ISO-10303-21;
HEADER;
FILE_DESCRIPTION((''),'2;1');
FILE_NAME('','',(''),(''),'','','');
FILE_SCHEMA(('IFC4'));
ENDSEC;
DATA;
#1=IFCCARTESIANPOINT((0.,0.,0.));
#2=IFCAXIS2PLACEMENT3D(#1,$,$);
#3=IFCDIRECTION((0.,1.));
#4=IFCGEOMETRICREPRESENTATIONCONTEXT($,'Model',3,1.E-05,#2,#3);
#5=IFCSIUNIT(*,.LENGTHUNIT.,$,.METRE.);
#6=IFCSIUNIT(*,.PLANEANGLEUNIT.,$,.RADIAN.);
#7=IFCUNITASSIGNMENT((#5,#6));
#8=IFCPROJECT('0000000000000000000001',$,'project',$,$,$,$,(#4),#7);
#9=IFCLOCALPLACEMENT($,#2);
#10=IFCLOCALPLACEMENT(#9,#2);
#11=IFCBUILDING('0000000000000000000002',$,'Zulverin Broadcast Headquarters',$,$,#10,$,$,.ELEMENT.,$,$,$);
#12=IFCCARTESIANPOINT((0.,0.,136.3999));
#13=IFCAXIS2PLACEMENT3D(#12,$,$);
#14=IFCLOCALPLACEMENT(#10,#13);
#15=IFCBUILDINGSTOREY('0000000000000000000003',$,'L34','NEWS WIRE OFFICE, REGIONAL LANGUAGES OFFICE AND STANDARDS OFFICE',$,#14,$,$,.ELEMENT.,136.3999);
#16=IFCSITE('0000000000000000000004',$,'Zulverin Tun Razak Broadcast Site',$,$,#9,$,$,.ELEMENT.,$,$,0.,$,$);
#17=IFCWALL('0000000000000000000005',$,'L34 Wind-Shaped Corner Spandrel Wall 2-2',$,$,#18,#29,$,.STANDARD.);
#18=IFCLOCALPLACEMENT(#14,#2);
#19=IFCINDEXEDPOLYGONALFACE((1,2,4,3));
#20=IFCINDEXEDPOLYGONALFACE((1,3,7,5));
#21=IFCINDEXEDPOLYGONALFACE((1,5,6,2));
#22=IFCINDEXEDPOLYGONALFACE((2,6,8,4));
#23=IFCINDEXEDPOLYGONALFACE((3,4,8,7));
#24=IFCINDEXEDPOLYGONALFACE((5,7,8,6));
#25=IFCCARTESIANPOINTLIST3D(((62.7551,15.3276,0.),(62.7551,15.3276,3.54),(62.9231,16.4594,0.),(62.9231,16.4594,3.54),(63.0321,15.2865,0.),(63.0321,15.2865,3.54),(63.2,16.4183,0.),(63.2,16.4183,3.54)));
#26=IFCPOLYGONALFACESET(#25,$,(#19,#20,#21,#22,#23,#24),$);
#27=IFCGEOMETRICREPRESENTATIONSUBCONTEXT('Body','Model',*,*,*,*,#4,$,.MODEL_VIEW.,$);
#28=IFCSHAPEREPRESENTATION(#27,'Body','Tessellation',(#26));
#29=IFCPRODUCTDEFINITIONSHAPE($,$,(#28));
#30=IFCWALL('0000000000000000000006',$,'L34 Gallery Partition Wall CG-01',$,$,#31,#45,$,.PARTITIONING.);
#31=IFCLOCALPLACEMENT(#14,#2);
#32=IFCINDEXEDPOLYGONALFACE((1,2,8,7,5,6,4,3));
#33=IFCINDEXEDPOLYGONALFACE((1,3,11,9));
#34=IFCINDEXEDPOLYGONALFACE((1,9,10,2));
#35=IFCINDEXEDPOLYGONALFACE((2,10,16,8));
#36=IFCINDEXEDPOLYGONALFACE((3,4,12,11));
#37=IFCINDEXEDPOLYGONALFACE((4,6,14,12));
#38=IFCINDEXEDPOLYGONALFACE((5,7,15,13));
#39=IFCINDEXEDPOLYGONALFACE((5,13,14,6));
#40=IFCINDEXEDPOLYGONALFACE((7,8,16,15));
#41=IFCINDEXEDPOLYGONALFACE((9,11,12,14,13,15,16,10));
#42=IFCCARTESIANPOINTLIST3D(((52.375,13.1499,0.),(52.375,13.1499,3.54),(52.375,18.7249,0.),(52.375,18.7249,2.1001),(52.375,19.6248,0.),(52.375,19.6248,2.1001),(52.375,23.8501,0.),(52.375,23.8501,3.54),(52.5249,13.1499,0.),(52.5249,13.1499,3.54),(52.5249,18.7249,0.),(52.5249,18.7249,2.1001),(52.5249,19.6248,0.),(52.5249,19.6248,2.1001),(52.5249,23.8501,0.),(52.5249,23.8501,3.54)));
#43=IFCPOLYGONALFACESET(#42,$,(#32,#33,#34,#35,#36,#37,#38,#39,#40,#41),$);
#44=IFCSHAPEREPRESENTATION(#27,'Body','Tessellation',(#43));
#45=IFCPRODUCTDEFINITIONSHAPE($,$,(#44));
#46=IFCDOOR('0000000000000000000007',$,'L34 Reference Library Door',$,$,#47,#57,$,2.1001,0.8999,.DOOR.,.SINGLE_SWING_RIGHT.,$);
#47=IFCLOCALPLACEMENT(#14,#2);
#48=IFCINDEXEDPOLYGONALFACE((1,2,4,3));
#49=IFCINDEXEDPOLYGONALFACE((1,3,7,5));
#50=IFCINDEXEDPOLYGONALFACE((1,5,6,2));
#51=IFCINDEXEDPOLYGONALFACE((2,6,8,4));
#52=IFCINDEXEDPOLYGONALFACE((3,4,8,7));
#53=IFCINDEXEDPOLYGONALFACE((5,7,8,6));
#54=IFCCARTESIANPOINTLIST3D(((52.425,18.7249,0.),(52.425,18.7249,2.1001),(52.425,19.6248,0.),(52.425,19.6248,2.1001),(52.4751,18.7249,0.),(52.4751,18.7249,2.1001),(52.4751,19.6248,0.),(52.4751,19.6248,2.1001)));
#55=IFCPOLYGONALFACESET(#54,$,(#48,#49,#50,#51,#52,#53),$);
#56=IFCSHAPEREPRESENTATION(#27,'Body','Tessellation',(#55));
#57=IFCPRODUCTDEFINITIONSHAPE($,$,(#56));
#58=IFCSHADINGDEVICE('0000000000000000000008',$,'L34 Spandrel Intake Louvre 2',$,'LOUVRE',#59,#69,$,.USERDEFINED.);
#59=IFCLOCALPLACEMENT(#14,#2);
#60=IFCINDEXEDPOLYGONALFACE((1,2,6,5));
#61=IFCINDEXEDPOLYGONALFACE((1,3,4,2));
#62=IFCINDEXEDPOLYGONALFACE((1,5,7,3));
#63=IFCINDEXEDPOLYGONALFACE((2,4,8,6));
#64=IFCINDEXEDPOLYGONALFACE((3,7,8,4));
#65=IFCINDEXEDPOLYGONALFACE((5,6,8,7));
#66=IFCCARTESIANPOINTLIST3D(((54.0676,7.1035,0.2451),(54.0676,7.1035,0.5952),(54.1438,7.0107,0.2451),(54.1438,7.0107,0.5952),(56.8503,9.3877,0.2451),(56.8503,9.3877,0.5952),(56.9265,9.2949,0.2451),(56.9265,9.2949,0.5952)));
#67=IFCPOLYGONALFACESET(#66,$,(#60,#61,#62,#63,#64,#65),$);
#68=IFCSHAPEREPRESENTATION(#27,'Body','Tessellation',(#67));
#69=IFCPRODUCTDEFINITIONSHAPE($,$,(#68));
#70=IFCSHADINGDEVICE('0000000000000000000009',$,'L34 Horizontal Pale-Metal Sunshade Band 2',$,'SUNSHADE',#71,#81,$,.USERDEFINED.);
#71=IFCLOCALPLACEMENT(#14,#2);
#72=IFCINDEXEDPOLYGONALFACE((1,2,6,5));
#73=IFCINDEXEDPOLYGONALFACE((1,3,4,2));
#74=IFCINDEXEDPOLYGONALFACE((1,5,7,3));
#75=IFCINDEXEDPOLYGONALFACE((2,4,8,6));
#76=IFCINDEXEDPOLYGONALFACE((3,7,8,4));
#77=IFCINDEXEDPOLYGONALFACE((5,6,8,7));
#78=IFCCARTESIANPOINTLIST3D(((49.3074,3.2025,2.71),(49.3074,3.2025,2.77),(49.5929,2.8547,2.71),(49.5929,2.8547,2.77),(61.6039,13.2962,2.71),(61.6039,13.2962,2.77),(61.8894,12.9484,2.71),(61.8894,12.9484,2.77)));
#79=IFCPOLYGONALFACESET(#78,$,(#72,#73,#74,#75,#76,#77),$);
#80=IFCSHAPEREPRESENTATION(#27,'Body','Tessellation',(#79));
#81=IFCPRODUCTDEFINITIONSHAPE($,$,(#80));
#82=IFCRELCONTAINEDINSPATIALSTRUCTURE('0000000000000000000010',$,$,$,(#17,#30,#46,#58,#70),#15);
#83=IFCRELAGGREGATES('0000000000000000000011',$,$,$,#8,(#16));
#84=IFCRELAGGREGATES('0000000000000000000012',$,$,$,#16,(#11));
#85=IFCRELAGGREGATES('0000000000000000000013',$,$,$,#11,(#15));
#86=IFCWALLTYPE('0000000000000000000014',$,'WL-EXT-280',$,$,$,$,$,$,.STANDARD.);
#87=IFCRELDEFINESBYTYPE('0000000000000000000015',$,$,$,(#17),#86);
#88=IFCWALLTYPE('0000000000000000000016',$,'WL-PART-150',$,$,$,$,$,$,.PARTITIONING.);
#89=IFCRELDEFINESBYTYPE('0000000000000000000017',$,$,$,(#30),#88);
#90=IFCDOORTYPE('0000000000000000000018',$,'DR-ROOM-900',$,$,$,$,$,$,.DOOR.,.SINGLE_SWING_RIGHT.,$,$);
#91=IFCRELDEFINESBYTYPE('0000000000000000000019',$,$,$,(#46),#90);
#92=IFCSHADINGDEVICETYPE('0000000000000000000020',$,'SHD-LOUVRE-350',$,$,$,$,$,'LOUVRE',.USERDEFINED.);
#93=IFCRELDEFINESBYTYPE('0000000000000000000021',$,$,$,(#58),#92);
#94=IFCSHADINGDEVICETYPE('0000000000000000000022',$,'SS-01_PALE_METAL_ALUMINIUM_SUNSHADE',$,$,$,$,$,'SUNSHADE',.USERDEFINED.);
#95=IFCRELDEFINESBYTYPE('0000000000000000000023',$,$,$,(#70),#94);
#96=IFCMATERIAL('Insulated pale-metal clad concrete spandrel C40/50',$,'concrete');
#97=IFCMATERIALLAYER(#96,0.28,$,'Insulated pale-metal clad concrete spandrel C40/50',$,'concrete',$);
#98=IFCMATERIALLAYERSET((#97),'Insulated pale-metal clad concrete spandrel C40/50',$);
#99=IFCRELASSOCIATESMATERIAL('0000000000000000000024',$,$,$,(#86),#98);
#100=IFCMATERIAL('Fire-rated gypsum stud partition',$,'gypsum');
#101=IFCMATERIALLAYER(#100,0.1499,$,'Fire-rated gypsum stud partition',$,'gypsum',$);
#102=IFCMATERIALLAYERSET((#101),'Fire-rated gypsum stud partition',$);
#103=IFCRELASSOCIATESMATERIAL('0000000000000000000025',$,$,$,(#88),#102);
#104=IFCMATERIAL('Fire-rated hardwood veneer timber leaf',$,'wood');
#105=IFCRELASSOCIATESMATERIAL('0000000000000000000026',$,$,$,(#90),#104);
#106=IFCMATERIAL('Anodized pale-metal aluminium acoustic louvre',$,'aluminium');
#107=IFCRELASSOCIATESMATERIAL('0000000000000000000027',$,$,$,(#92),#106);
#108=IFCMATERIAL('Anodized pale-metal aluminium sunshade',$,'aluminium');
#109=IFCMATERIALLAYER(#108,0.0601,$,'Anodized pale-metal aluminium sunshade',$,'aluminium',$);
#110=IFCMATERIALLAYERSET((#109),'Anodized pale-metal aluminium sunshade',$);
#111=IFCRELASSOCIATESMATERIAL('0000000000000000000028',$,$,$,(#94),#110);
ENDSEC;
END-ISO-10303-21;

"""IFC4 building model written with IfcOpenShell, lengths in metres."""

from ifc_helpers import new_model, si_unit, direction, frame, frame_2d, origin, origin_2d, place, context, subcontext, project, spatial, rectangle, extrude, material, layer, layer_set, type_object, element, fill, save


model = new_model("IFC4")

# Units and contexts
model_context = context("Model", 3, precision=1e-05, world=origin(), true_north=direction((0.0, 1.0)))
body_context = subcontext(model_context, "Body", "Model", "MODEL_VIEW")
ifc_project = project(units=[si_unit("LENGTHUNIT", "METRE"), si_unit("PLANEANGLEUNIT", "RADIAN")], contexts=[model_context])

# Site, building, storey
site_placement = place(None, origin())
site = spatial("IfcSite", under=ifc_project, at=site_placement, Name="Zulverin Tun Razak Broadcast Site", CompositionType="ELEMENT", RefElevation=0.0)
building_placement = place(site_placement, origin())
building = spatial("IfcBuilding", under=site, at=building_placement, Name="Zulverin Broadcast Headquarters", CompositionType="ELEMENT")
storey_placement = place(building_placement, frame((0.0, 0.0, 136.3999)))
storey = spatial("IfcBuildingStorey", under=building, at=storey_placement, Name="L34", Description="NEWS WIRE OFFICE, REGIONAL LANGUAGES OFFICE AND STANDARDS OFFICE", CompositionType="ELEMENT", Elevation=136.3999)

# Shared definitions
ifc_material_1 = material(Name="Insulated pale-metal clad concrete spandrel C40/50", Category="concrete")
ifc_layer_1 = layer(ifc_material_1, 0.28, Name="Insulated pale-metal clad concrete spandrel C40/50", Category="concrete")
ifc_layer_set_1 = layer_set([ifc_layer_1], Name="Insulated pale-metal clad concrete spandrel C40/50")
wall_type_1 = type_object("IfcWallType", Name="WL-EXT-280", PredefinedType="STANDARD", material=ifc_layer_set_1)

# Wall
wall_1_placement = place(storey_placement, frame((62.8936, 15.3069, 0.0), z_axis=(0.0, 0.0, 1.0), x_axis=(0.146796, 0.989167, 0.0)))
element("IfcWall", 1, at=wall_1_placement, inside=storey, type_object=wall_type_1, Name="L34 Wind-Shaped Corner Spandrel Wall 2-2", PredefinedType="STANDARD", context=body_context, shape_type="SweptSolid", body=[
    extrude(rectangle(XDim=1.1443, YDim=0.28, at=frame_2d((0.5723, 0.0))), origin(), (0.0, 0.0, 1.0), 3.54),
])

# Wall, opening, door
ifc_material_2 = material(Name="Fire-rated gypsum stud partition", Category="gypsum")
ifc_layer_2 = layer(ifc_material_2, 0.1499, Name="Fire-rated gypsum stud partition", Category="gypsum")
ifc_layer_set_2 = layer_set([ifc_layer_2], Name="Fire-rated gypsum stud partition")
wall_type_2 = type_object("IfcWallType", Name="WL-PART-150", PredefinedType="PARTITIONING", material=ifc_layer_set_2)
wall_2_placement = place(storey_placement, frame((52.45, 13.1499, 0.0), z_axis=(0.0, 0.0, 1.0), x_axis=(0.0, 1.0, 0.0)))
wall_2 = element("IfcWall", 2, at=wall_2_placement, inside=storey, type_object=wall_type_2, Name="L34 Gallery Partition Wall CG-01", PredefinedType="PARTITIONING", context=body_context, shape_type="SweptSolid", body=[
    extrude(rectangle(XDim=10.7002, YDim=0.1499, at=frame_2d((5.3501, 0.0))), origin(), (0.0, 0.0, 1.0), 3.54),
])
opening_1_placement = place(wall_2_placement, frame((5.575, 0.0, 0.0)))
opening_1 = element("IfcOpeningElement", 3, at=opening_1_placement, cuts=wall_2, PredefinedType="OPENING", context=body_context, shape_type="SweptSolid", body=[
    extrude(rectangle(XDim=0.8999, YDim=2.1001, at=frame_2d((0.45, 1.05))), frame((0.0, 0.085, 0.0), z_axis=(0.0, -1.0, 0.0), x_axis=(1.0, 0.0, 0.0)), (0.0, 0.0, 1.0), 0.1699),
])
ifc_material_3 = material(Name="Fire-rated hardwood veneer timber leaf", Category="wood")
door_type_1 = type_object("IfcDoorType", Name="DR-ROOM-900", OperationType="SINGLE_SWING_RIGHT", PredefinedType="DOOR", material=ifc_material_3)
door_1_placement = place(opening_1_placement, origin())
door_1 = element("IfcDoor", 4, at=door_1_placement, inside=storey, type_object=door_type_1, Name="L34 Reference Library Door", OperationType="SINGLE_SWING_RIGHT", OverallHeight=2.1001, OverallWidth=0.8999, PredefinedType="DOOR", context=body_context, shape_type="SweptSolid", body=[
    extrude(rectangle(XDim=0.8999, YDim=2.1001, at=frame_2d((0.45, 1.05))), frame((0.0, 0.0249, 0.0), z_axis=(0.0, -1.0, 0.0), x_axis=(1.0, 0.0, 0.0)), (0.0, 0.0, 1.0), 0.05),
])
fill(opening_1, door_1)

# Shading devices
ifc_material_4 = material(Name="Anodized pale-metal aluminium acoustic louvre", Category="aluminium")
shading_device_type_1 = type_object("IfcShadingDeviceType", Name="SHD-LOUVRE-350", ElementType="LOUVRE", PredefinedType="USERDEFINED", material=ifc_material_4)
shading_device_1_placement = place(storey_placement, frame((55.4971, 8.1992, 0.2451), z_axis=(0.0, 0.0, 1.0), x_axis=(0.77294, 0.63448, 0.0)))
element("IfcShadingDevice", 5, at=shading_device_1_placement, inside=storey, type_object=shading_device_type_1, Name="L34 Spandrel Intake Louvre 2", ObjectType="LOUVRE", PredefinedType="USERDEFINED", context=body_context, shape_type="SweptSolid", body=[
    extrude(rectangle(XDim=3.6001, YDim=0.1201, at=origin_2d()), origin(), (0.0, 0.0, 1.0), 0.3501),
])
ifc_material_5 = material(Name="Anodized pale-metal aluminium sunshade", Category="aluminium")
ifc_layer_3 = layer(ifc_material_5, 0.0601, Name="Anodized pale-metal aluminium sunshade", Category="aluminium")
ifc_layer_set_3 = layer_set([ifc_layer_3], Name="Anodized pale-metal aluminium sunshade")
shading_device_type_2 = type_object("IfcShadingDeviceType", Name="SS-01_PALE_METAL_ALUMINIUM_SUNSHADE", ElementType="SUNSHADE", PredefinedType="USERDEFINED", material=ifc_layer_set_3)
shading_device_2_placement = place(storey_placement, frame((55.5984, 8.0754, 2.71), z_axis=(0.0, 0.0, 1.0), x_axis=(0.77294, 0.63448, 0.0)))
element("IfcShadingDevice", 6, at=shading_device_2_placement, inside=storey, type_object=shading_device_type_2, Name="L34 Horizontal Pale-Metal Sunshade Band 2", ObjectType="SUNSHADE", PredefinedType="USERDEFINED", context=body_context, shape_type="SweptSolid", body=[
    extrude(rectangle(XDim=15.9087, YDim=0.45, at=origin_2d()), origin(), (0.0, 0.0, 1.0), 0.0601),
])

save(model, "model.ifc")
